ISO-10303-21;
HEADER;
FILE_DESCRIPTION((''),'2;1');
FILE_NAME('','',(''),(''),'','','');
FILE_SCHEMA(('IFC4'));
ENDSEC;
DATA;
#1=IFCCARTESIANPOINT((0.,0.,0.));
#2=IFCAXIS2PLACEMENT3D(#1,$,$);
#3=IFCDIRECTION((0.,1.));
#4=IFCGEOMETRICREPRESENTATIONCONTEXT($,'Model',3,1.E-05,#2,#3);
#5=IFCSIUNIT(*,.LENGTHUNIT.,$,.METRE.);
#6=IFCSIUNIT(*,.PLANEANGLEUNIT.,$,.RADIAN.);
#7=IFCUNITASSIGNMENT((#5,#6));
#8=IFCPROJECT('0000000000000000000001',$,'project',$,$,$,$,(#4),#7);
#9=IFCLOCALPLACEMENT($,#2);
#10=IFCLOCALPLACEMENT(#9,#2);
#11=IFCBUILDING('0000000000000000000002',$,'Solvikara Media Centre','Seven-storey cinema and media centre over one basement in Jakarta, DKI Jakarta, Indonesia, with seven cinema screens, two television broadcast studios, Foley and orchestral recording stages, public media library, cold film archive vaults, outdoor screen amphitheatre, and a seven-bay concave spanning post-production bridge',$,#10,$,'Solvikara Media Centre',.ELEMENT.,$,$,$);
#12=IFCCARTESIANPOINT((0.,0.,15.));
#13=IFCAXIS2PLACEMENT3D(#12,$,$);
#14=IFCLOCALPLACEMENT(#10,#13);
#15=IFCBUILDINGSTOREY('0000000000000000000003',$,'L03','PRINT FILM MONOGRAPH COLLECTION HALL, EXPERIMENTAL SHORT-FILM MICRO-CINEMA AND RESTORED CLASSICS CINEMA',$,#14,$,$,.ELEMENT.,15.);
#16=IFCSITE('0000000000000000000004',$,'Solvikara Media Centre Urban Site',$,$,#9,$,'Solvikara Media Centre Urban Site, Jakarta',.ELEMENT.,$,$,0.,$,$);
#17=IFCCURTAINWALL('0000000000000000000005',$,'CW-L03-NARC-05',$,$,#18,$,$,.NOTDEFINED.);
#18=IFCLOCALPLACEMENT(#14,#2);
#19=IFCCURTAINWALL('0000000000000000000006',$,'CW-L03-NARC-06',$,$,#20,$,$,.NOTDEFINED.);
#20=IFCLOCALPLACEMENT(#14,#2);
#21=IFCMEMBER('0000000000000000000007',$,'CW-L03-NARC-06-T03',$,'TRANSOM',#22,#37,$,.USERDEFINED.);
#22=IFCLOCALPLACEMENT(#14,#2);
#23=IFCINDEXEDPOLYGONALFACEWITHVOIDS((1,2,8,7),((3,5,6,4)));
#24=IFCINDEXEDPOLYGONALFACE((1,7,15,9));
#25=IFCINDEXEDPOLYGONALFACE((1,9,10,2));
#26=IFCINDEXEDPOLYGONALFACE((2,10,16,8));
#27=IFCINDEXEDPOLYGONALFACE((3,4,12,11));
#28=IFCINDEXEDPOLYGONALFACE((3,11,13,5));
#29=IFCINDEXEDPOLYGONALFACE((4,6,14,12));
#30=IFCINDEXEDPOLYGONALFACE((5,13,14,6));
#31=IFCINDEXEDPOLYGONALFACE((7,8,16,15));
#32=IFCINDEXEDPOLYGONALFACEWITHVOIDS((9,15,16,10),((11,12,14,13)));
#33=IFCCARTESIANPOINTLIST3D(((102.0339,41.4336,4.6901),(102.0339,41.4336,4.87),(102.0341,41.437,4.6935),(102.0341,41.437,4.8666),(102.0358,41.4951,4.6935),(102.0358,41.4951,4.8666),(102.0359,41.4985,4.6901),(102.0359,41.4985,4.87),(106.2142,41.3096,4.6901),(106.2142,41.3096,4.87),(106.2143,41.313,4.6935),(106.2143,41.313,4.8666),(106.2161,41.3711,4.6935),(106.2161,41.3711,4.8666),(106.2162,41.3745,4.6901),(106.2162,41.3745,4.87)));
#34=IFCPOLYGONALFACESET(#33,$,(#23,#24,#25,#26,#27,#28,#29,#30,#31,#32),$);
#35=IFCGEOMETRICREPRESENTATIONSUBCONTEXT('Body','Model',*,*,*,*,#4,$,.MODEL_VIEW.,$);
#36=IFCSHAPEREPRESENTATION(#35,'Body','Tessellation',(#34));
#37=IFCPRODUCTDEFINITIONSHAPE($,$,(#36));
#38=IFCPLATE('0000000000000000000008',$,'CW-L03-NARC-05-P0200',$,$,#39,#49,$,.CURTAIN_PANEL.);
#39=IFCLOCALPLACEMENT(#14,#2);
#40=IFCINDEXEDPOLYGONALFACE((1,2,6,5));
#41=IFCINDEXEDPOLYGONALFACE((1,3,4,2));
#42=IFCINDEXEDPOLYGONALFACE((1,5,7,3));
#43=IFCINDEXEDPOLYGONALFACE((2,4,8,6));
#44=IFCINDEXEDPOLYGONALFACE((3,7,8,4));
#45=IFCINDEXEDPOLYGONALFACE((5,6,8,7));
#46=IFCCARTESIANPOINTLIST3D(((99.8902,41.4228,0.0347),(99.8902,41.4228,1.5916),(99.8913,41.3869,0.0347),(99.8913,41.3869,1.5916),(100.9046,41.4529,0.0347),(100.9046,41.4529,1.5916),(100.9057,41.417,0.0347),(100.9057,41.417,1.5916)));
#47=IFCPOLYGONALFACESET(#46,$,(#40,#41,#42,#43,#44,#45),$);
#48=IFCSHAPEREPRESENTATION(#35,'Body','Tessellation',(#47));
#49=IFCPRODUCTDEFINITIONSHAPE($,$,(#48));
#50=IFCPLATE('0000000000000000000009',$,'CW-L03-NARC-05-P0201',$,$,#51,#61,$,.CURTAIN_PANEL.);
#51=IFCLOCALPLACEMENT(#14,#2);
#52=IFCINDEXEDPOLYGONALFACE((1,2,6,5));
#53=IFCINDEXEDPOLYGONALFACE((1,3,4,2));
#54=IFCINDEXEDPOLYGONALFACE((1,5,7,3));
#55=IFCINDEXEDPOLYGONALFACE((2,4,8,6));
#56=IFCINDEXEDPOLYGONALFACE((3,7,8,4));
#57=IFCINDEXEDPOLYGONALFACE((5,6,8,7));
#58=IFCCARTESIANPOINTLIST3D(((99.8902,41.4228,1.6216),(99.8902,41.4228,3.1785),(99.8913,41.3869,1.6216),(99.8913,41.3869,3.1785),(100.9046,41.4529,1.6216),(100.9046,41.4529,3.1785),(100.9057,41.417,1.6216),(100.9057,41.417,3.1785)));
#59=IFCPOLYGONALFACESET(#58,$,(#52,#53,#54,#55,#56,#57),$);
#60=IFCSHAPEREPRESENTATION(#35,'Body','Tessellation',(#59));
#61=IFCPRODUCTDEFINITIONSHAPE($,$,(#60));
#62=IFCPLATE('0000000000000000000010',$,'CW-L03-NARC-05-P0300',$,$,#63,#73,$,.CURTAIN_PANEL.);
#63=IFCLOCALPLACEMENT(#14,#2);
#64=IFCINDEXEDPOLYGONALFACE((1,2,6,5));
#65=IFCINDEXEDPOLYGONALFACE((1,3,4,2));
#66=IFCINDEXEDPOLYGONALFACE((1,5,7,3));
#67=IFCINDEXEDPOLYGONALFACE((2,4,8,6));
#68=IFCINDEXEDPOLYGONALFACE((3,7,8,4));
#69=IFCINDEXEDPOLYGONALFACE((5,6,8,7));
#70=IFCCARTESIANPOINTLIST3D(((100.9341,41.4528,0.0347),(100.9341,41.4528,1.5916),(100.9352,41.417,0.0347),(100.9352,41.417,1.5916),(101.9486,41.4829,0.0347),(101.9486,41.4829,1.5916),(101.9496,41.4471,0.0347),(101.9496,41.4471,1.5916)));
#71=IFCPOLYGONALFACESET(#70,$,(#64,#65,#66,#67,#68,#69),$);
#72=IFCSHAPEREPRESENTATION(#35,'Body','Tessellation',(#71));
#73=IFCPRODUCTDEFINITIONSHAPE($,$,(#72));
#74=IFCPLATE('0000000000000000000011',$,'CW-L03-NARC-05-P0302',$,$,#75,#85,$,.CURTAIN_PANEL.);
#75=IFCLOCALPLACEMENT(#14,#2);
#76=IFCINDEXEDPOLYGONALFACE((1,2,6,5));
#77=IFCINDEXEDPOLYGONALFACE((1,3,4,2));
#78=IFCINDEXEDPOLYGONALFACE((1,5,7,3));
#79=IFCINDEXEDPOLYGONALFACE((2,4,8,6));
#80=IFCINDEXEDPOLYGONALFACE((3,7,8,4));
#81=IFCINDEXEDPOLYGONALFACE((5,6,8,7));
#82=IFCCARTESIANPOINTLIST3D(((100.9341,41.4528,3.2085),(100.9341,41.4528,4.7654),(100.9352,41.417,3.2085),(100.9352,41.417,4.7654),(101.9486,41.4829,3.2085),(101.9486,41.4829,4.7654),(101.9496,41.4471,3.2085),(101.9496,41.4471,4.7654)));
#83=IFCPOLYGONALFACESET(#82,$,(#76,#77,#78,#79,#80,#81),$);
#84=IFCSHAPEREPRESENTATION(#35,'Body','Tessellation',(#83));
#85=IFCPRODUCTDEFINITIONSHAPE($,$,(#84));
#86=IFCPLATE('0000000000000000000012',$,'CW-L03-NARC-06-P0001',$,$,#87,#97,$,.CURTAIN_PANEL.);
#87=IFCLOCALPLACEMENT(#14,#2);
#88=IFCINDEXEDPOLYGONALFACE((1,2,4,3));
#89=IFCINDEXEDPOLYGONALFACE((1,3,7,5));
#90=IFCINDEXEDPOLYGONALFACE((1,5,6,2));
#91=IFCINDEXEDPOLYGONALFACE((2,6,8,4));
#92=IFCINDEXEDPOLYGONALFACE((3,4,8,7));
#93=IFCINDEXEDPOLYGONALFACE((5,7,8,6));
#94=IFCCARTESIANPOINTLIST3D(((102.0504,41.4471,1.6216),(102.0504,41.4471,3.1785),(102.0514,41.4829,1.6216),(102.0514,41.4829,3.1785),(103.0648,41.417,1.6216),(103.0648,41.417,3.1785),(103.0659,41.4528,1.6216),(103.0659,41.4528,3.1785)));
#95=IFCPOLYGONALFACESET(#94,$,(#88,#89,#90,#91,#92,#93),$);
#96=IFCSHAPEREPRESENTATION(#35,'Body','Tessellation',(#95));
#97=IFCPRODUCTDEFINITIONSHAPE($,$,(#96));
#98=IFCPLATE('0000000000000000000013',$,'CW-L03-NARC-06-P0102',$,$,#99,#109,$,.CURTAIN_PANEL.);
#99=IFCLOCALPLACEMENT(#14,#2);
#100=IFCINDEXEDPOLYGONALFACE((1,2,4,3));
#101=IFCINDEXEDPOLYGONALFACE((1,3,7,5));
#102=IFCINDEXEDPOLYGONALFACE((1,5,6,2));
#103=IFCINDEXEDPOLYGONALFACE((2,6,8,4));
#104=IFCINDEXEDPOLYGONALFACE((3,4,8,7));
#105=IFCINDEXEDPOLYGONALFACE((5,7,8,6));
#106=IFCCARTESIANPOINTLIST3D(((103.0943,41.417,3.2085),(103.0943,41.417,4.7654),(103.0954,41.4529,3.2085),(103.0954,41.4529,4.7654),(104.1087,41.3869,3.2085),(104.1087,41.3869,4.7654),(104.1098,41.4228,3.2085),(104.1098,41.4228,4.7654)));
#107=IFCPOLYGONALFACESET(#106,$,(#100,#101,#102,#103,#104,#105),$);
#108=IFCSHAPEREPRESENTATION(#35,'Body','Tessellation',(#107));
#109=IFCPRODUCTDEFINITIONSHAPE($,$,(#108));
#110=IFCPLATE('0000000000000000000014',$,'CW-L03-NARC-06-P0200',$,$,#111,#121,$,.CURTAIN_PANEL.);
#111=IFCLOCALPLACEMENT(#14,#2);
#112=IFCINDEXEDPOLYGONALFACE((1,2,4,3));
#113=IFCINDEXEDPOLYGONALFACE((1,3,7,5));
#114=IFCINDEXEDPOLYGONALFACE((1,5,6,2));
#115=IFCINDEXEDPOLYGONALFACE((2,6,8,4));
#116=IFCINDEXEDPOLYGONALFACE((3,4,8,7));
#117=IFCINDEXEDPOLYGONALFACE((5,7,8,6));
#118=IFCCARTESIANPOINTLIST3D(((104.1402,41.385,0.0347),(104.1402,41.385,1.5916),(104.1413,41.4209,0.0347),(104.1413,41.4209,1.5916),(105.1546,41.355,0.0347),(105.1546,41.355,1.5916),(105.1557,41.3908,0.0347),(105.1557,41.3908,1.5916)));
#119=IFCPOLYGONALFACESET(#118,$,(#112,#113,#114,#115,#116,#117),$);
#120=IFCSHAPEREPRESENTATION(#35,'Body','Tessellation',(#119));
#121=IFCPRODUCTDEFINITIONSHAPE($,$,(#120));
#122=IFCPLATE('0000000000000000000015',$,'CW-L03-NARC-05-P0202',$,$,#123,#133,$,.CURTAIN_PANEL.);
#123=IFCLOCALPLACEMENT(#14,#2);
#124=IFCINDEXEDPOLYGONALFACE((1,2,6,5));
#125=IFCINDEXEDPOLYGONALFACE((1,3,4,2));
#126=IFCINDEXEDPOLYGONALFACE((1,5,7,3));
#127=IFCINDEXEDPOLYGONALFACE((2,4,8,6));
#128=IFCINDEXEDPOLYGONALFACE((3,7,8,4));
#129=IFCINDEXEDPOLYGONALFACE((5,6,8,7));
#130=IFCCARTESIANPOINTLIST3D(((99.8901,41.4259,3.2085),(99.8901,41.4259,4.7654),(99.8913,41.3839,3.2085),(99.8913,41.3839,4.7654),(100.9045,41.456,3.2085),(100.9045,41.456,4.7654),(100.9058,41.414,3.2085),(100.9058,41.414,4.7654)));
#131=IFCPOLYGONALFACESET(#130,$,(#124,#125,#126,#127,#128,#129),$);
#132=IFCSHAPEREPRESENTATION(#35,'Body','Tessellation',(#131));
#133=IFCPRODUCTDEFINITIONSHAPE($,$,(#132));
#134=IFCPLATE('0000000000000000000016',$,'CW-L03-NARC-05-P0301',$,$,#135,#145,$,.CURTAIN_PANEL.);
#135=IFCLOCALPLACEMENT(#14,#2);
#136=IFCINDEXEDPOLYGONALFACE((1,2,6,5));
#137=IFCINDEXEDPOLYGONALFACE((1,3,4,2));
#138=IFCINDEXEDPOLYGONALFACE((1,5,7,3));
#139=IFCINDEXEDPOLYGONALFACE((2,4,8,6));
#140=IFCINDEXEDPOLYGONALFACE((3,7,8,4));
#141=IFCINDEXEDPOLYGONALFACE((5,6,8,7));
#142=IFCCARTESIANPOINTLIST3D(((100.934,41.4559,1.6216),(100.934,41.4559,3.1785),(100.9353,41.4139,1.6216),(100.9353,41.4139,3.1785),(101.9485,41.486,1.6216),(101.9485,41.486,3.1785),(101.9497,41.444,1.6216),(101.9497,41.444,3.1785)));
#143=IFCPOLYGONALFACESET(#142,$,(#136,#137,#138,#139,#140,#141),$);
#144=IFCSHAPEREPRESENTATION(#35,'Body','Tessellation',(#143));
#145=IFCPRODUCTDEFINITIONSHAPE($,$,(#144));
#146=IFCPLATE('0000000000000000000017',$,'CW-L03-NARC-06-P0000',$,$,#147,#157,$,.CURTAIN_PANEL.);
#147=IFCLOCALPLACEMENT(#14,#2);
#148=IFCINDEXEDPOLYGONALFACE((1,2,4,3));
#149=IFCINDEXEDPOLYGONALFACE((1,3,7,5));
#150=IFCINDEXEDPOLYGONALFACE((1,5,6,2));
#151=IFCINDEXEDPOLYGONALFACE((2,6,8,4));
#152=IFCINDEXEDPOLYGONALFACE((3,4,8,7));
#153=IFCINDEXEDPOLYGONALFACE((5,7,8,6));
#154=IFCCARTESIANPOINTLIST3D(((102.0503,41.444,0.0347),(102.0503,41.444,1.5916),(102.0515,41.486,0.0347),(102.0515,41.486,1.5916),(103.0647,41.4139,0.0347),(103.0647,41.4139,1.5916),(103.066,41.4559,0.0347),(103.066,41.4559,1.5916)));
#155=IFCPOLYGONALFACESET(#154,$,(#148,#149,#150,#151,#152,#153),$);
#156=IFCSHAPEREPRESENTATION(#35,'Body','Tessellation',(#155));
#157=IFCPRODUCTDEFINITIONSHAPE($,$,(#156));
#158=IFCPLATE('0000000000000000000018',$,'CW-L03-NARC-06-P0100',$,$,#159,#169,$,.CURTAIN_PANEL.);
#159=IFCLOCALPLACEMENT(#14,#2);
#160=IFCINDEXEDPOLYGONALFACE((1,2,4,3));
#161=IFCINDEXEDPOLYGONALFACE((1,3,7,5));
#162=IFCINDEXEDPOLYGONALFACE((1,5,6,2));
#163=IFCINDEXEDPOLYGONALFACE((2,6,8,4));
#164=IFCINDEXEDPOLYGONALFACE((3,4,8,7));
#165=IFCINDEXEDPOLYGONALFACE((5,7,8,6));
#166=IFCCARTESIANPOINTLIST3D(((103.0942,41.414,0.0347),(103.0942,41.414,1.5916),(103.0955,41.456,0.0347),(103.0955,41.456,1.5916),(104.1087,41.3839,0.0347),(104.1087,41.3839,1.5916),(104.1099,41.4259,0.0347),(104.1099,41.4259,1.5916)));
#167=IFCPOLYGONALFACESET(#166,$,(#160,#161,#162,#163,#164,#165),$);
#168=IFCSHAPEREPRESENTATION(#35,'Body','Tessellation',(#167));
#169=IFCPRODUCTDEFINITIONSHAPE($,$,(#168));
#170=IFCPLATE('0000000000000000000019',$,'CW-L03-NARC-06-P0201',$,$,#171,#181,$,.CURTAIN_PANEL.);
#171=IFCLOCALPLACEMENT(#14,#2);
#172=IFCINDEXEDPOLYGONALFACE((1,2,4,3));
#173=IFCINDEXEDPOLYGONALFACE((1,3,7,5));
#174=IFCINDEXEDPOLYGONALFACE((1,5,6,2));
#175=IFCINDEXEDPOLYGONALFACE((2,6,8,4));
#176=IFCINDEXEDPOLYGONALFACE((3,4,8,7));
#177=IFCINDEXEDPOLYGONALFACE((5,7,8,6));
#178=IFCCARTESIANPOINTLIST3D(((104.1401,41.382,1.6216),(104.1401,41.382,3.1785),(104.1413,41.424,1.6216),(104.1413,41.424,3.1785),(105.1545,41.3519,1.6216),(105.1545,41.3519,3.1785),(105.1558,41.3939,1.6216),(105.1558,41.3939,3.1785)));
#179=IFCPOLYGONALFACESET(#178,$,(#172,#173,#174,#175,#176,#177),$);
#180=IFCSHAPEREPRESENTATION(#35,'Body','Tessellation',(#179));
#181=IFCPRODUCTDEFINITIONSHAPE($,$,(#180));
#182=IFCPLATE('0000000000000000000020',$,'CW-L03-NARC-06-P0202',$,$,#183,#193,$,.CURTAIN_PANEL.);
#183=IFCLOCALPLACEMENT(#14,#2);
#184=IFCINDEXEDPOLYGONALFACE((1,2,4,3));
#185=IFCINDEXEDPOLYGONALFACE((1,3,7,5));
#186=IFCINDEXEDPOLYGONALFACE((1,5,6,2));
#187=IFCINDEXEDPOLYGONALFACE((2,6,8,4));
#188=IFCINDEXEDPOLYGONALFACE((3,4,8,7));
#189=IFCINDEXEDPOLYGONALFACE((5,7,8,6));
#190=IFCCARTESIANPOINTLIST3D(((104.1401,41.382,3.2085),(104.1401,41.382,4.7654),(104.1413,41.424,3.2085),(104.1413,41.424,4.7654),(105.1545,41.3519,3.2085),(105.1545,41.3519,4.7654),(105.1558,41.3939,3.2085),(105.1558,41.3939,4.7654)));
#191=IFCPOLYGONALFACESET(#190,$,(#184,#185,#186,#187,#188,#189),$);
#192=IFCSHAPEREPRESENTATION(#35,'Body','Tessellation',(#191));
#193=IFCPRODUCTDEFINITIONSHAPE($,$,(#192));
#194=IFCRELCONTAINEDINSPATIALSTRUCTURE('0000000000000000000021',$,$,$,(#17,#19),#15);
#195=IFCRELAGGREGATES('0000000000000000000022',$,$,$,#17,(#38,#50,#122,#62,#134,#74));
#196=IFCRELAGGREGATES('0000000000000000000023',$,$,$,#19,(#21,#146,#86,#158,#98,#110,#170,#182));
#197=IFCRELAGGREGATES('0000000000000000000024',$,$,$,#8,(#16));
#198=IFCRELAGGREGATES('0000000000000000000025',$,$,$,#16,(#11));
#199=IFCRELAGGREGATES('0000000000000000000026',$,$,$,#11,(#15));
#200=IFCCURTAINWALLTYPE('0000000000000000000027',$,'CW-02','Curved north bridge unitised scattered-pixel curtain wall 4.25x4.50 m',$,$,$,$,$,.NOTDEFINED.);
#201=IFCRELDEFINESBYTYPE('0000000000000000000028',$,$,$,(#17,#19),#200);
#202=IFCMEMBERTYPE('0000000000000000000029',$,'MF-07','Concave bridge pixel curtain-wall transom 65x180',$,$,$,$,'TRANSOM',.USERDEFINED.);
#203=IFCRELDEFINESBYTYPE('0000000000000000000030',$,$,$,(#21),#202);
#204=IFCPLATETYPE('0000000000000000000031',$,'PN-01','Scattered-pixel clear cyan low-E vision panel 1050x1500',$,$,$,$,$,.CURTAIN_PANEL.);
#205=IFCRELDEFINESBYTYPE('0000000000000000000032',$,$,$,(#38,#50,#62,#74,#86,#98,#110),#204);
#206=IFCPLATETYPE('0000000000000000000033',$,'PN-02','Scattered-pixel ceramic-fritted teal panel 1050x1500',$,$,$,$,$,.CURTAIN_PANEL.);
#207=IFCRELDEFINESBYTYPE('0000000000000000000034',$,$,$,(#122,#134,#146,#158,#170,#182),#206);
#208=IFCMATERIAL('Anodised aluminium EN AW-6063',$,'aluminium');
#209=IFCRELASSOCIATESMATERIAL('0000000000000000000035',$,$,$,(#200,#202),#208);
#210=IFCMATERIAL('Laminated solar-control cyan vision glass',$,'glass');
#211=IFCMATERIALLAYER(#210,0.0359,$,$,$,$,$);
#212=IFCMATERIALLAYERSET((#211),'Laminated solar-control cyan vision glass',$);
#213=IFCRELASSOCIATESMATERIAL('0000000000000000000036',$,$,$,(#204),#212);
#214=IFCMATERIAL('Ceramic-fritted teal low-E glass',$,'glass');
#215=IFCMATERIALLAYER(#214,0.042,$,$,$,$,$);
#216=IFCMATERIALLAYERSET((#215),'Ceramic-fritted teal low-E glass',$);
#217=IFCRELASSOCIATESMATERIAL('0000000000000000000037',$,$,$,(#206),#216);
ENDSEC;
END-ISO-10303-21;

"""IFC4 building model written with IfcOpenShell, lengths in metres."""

from ifc_helpers import new_model, si_unit, direction, frame, origin, origin_2d, place, context, subcontext, project, spatial, rectangle, hollow_rectangle, extrude, material, layer, layer_set, material_profile, profile_set, type_object, element, aggregate, save


model = new_model("IFC4")

# Units and contexts
model_context = context("Model", 3, precision=1e-05, world=origin(), true_north=direction((0.0, 1.0)))
body_context = subcontext(model_context, "Body", "Model", "MODEL_VIEW")
ifc_project = project(units=[si_unit("LENGTHUNIT", "METRE"), si_unit("PLANEANGLEUNIT", "RADIAN")], contexts=[model_context])

# Site, building, storey
site_placement = place(None, origin())
site = spatial("IfcSite", under=ifc_project, at=site_placement, Name="Solvikara Media Centre Urban Site", LongName="Solvikara Media Centre Urban Site, Jakarta", CompositionType="ELEMENT", RefElevation=0.0)
building_placement = place(site_placement, origin())
building = spatial("IfcBuilding", under=site, at=building_placement, Name="Solvikara Media Centre", Description="Seven-storey cinema and media centre over one basement in Jakarta, DKI Jakarta, Indonesia, with seven cinema screens, two television broadcast studios, Foley and orchestral recording stages, public media library, cold film archive vaults, outdoor screen amphitheatre, and a seven-bay concave spanning post-production bridge", LongName="Solvikara Media Centre", CompositionType="ELEMENT")
storey_placement = place(building_placement, frame((0.0, 0.0, 15.0)))
storey = spatial("IfcBuildingStorey", under=building, at=storey_placement, Name="L03", Description="PRINT FILM MONOGRAPH COLLECTION HALL, EXPERIMENTAL SHORT-FILM MICRO-CINEMA AND RESTORED CLASSICS CINEMA", CompositionType="ELEMENT", Elevation=15.0)

# Curtain walls, member
ifc_material_1 = material(Name="Anodised aluminium EN AW-6063", Category="aluminium")
curtain_wall_type = type_object("IfcCurtainWallType", Name="CW-02", Description="Curved north bridge unitised scattered-pixel curtain wall 4.25x4.50 m", PredefinedType="NOTDEFINED", material=ifc_material_1)
curtain_wall_1_placement = place(storey_placement, origin())
curtain_wall_1 = element("IfcCurtainWall", 1, at=curtain_wall_1_placement, inside=storey, type_object=curtain_wall_type, Name="CW-L03-NARC-05", PredefinedType="NOTDEFINED")
curtain_wall_2_placement = place(storey_placement, origin())
curtain_wall_2 = element("IfcCurtainWall", 2, at=curtain_wall_2_placement, inside=storey, type_object=curtain_wall_type, Name="CW-L03-NARC-06", PredefinedType="NOTDEFINED")
ifc_material_profile_1 = material_profile(ifc_material_1, hollow_rectangle(XDim=0.0649, YDim=0.1799, WallThickness=0.0034, at=origin_2d()), Name="ALU-T 65x180x3.5")
ifc_profile_set_1 = profile_set([ifc_material_profile_1], Name="Anodised aluminium EN AW-6063")
member_type_1 = type_object("IfcMemberType", Name="MF-07", Description="Concave bridge pixel curtain-wall transom 65x180", ElementType="TRANSOM", PredefinedType="USERDEFINED", material=ifc_profile_set_1)
member_1_placement = place(storey_placement, frame((102.0349, 41.4661, 4.78), z_axis=(0.99956, -0.029656, 0.0), x_axis=(0.029656, 0.99956, 0.0)))
member_1 = element("IfcMember", 3, at=member_1_placement, type_object=member_type_1, Name="CW-L03-NARC-06-T03", ObjectType="TRANSOM", PredefinedType="USERDEFINED", context=body_context, shape_type="SweptSolid", body=[
    extrude(hollow_rectangle(XDim=0.0649, YDim=0.1799, WallThickness=0.0034, at=origin_2d()), origin(), (0.0, 0.0, 1.0), 4.1821),
])

# Plates
ifc_material_2 = material(Name="Laminated solar-control cyan vision glass", Category="glass")
ifc_layer_1 = layer(ifc_material_2, 0.0359)
ifc_layer_set_1 = layer_set([ifc_layer_1], Name="Laminated solar-control cyan vision glass")
plate_type_1 = type_object("IfcPlateType", Name="PN-01", Description="Scattered-pixel clear cyan low-E vision panel 1050x1500", PredefinedType="CURTAIN_PANEL", material=ifc_layer_set_1)
plate_1_placement = place(storey_placement, frame((100.3979, 41.4199, 0.0347), z_axis=(0.0, 0.0, 1.0), x_axis=(0.99956, 0.029649, 0.0)))
plate_1 = element("IfcPlate", 4, at=plate_1_placement, type_object=plate_type_1, Name="CW-L03-NARC-05-P0200", PredefinedType="CURTAIN_PANEL", context=body_context, shape_type="SweptSolid", body=[
    extrude(rectangle(XDim=1.0149, YDim=0.0359, at=origin_2d()), origin(), (0.0, 0.0, 1.0), 1.5569),
])
plate_2_placement = place(storey_placement, frame((100.3979, 41.4199, 1.6216), z_axis=(0.0, 0.0, 1.0), x_axis=(0.99956, 0.029649, 0.0)))
plate_2 = element("IfcPlate", 5, at=plate_2_placement, type_object=plate_type_1, Name="CW-L03-NARC-05-P0201", PredefinedType="CURTAIN_PANEL", context=body_context, shape_type="SweptSolid", body=[
    extrude(rectangle(XDim=1.0149, YDim=0.0359, at=origin_2d()), origin(), (0.0, 0.0, 1.0), 1.5569),
])
plate_3_placement = place(storey_placement, frame((101.4419, 41.45, 0.0347), z_axis=(0.0, 0.0, 1.0), x_axis=(0.99956, 0.029649, 0.0)))
plate_3 = element("IfcPlate", 6, at=plate_3_placement, type_object=plate_type_1, Name="CW-L03-NARC-05-P0300", PredefinedType="CURTAIN_PANEL", context=body_context, shape_type="SweptSolid", body=[
    extrude(rectangle(XDim=1.0149, YDim=0.0359, at=origin_2d()), origin(), (0.0, 0.0, 1.0), 1.5569),
])
plate_4_placement = place(storey_placement, frame((101.4419, 41.45, 3.2085), z_axis=(0.0, 0.0, 1.0), x_axis=(0.99956, 0.029649, 0.0)))
plate_4 = element("IfcPlate", 7, at=plate_4_placement, type_object=plate_type_1, Name="CW-L03-NARC-05-P0302", PredefinedType="CURTAIN_PANEL", context=body_context, shape_type="SweptSolid", body=[
    extrude(rectangle(XDim=1.0149, YDim=0.0359, at=origin_2d()), origin(), (0.0, 0.0, 1.0), 1.5569),
])
plate_5_placement = place(storey_placement, frame((102.5581, 41.45, 1.6216), z_axis=(0.0, 0.0, 1.0), x_axis=(0.99956, -0.029649, 0.0)))
plate_5 = element("IfcPlate", 8, at=plate_5_placement, type_object=plate_type_1, Name="CW-L03-NARC-06-P0001", PredefinedType="CURTAIN_PANEL", context=body_context, shape_type="SweptSolid", body=[
    extrude(rectangle(XDim=1.0149, YDim=0.0359, at=origin_2d()), origin(), (0.0, 0.0, 1.0), 1.5569),
])
plate_6_placement = place(storey_placement, frame((103.6021, 41.4199, 3.2085), z_axis=(0.0, 0.0, 1.0), x_axis=(0.99956, -0.029649, 0.0)))
plate_6 = element("IfcPlate", 9, at=plate_6_placement, type_object=plate_type_1, Name="CW-L03-NARC-06-P0102", PredefinedType="CURTAIN_PANEL", context=body_context, shape_type="SweptSolid", body=[
    extrude(rectangle(XDim=1.0149, YDim=0.0359, at=origin_2d()), origin(), (0.0, 0.0, 1.0), 1.5569),
])
plate_7_placement = place(storey_placement, frame((104.6479, 41.3879, 0.0347), z_axis=(0.0, 0.0, 1.0), x_axis=(0.99956, -0.029649, 0.0)))
plate_7 = element("IfcPlate", 10, at=plate_7_placement, type_object=plate_type_1, Name="CW-L03-NARC-06-P0200", PredefinedType="CURTAIN_PANEL", context=body_context, shape_type="SweptSolid", body=[
    extrude(rectangle(XDim=1.0149, YDim=0.0359, at=origin_2d()), origin(), (0.0, 0.0, 1.0), 1.5569),
])
ifc_material_3 = material(Name="Ceramic-fritted teal low-E glass", Category="glass")
ifc_layer_2 = layer(ifc_material_3, 0.042)
ifc_layer_set_2 = layer_set([ifc_layer_2], Name="Ceramic-fritted teal low-E glass")
plate_type_2 = type_object("IfcPlateType", Name="PN-02", Description="Scattered-pixel ceramic-fritted teal panel 1050x1500", PredefinedType="CURTAIN_PANEL", material=ifc_layer_set_2)
plate_8_placement = place(storey_placement, frame((100.3979, 41.4199, 3.2085), z_axis=(0.0, 0.0, 1.0), x_axis=(0.99956, 0.029649, 0.0)))
plate_8 = element("IfcPlate", 11, at=plate_8_placement, type_object=plate_type_2, Name="CW-L03-NARC-05-P0202", PredefinedType="CURTAIN_PANEL", context=body_context, shape_type="SweptSolid", body=[
    extrude(rectangle(XDim=1.0149, YDim=0.042, at=origin_2d()), origin(), (0.0, 0.0, 1.0), 1.5569),
])
plate_9_placement = place(storey_placement, frame((101.4419, 41.45, 1.6216), z_axis=(0.0, 0.0, 1.0), x_axis=(0.99956, 0.029649, 0.0)))
plate_9 = element("IfcPlate", 12, at=plate_9_placement, type_object=plate_type_2, Name="CW-L03-NARC-05-P0301", PredefinedType="CURTAIN_PANEL", context=body_context, shape_type="SweptSolid", body=[
    extrude(rectangle(XDim=1.0149, YDim=0.042, at=origin_2d()), origin(), (0.0, 0.0, 1.0), 1.5569),
])
aggregate(curtain_wall_1, [plate_1, plate_2, plate_8, plate_3, plate_9, plate_4])
plate_10_placement = place(storey_placement, frame((102.5581, 41.45, 0.0347), z_axis=(0.0, 0.0, 1.0), x_axis=(0.99956, -0.029649, 0.0)))
plate_10 = element("IfcPlate", 13, at=plate_10_placement, type_object=plate_type_2, Name="CW-L03-NARC-06-P0000", PredefinedType="CURTAIN_PANEL", context=body_context, shape_type="SweptSolid", body=[
    extrude(rectangle(XDim=1.0149, YDim=0.042, at=origin_2d()), origin(), (0.0, 0.0, 1.0), 1.5569),
])
plate_11_placement = place(storey_placement, frame((103.6021, 41.4199, 0.0347), z_axis=(0.0, 0.0, 1.0), x_axis=(0.99956, -0.029649, 0.0)))
plate_11 = element("IfcPlate", 14, at=plate_11_placement, type_object=plate_type_2, Name="CW-L03-NARC-06-P0100", PredefinedType="CURTAIN_PANEL", context=body_context, shape_type="SweptSolid", body=[
    extrude(rectangle(XDim=1.0149, YDim=0.042, at=origin_2d()), origin(), (0.0, 0.0, 1.0), 1.5569),
])
plate_12_placement = place(storey_placement, frame((104.6479, 41.3879, 1.6216), z_axis=(0.0, 0.0, 1.0), x_axis=(0.99956, -0.029649, 0.0)))
plate_12 = element("IfcPlate", 15, at=plate_12_placement, type_object=plate_type_2, Name="CW-L03-NARC-06-P0201", PredefinedType="CURTAIN_PANEL", context=body_context, shape_type="SweptSolid", body=[
    extrude(rectangle(XDim=1.0149, YDim=0.042, at=origin_2d()), origin(), (0.0, 0.0, 1.0), 1.5569),
])
plate_13_placement = place(storey_placement, frame((104.6479, 41.3879, 3.2085), z_axis=(0.0, 0.0, 1.0), x_axis=(0.99956, -0.029649, 0.0)))
plate_13 = element("IfcPlate", 16, at=plate_13_placement, type_object=plate_type_2, Name="CW-L03-NARC-06-P0202", PredefinedType="CURTAIN_PANEL", context=body_context, shape_type="SweptSolid", body=[
    extrude(rectangle(XDim=1.0149, YDim=0.042, at=origin_2d()), origin(), (0.0, 0.0, 1.0), 1.5569),
])
aggregate(curtain_wall_2, [member_1, plate_10, plate_5, plate_11, plate_6, plate_7, plate_12, plate_13])

save(model, "model.ifc")
